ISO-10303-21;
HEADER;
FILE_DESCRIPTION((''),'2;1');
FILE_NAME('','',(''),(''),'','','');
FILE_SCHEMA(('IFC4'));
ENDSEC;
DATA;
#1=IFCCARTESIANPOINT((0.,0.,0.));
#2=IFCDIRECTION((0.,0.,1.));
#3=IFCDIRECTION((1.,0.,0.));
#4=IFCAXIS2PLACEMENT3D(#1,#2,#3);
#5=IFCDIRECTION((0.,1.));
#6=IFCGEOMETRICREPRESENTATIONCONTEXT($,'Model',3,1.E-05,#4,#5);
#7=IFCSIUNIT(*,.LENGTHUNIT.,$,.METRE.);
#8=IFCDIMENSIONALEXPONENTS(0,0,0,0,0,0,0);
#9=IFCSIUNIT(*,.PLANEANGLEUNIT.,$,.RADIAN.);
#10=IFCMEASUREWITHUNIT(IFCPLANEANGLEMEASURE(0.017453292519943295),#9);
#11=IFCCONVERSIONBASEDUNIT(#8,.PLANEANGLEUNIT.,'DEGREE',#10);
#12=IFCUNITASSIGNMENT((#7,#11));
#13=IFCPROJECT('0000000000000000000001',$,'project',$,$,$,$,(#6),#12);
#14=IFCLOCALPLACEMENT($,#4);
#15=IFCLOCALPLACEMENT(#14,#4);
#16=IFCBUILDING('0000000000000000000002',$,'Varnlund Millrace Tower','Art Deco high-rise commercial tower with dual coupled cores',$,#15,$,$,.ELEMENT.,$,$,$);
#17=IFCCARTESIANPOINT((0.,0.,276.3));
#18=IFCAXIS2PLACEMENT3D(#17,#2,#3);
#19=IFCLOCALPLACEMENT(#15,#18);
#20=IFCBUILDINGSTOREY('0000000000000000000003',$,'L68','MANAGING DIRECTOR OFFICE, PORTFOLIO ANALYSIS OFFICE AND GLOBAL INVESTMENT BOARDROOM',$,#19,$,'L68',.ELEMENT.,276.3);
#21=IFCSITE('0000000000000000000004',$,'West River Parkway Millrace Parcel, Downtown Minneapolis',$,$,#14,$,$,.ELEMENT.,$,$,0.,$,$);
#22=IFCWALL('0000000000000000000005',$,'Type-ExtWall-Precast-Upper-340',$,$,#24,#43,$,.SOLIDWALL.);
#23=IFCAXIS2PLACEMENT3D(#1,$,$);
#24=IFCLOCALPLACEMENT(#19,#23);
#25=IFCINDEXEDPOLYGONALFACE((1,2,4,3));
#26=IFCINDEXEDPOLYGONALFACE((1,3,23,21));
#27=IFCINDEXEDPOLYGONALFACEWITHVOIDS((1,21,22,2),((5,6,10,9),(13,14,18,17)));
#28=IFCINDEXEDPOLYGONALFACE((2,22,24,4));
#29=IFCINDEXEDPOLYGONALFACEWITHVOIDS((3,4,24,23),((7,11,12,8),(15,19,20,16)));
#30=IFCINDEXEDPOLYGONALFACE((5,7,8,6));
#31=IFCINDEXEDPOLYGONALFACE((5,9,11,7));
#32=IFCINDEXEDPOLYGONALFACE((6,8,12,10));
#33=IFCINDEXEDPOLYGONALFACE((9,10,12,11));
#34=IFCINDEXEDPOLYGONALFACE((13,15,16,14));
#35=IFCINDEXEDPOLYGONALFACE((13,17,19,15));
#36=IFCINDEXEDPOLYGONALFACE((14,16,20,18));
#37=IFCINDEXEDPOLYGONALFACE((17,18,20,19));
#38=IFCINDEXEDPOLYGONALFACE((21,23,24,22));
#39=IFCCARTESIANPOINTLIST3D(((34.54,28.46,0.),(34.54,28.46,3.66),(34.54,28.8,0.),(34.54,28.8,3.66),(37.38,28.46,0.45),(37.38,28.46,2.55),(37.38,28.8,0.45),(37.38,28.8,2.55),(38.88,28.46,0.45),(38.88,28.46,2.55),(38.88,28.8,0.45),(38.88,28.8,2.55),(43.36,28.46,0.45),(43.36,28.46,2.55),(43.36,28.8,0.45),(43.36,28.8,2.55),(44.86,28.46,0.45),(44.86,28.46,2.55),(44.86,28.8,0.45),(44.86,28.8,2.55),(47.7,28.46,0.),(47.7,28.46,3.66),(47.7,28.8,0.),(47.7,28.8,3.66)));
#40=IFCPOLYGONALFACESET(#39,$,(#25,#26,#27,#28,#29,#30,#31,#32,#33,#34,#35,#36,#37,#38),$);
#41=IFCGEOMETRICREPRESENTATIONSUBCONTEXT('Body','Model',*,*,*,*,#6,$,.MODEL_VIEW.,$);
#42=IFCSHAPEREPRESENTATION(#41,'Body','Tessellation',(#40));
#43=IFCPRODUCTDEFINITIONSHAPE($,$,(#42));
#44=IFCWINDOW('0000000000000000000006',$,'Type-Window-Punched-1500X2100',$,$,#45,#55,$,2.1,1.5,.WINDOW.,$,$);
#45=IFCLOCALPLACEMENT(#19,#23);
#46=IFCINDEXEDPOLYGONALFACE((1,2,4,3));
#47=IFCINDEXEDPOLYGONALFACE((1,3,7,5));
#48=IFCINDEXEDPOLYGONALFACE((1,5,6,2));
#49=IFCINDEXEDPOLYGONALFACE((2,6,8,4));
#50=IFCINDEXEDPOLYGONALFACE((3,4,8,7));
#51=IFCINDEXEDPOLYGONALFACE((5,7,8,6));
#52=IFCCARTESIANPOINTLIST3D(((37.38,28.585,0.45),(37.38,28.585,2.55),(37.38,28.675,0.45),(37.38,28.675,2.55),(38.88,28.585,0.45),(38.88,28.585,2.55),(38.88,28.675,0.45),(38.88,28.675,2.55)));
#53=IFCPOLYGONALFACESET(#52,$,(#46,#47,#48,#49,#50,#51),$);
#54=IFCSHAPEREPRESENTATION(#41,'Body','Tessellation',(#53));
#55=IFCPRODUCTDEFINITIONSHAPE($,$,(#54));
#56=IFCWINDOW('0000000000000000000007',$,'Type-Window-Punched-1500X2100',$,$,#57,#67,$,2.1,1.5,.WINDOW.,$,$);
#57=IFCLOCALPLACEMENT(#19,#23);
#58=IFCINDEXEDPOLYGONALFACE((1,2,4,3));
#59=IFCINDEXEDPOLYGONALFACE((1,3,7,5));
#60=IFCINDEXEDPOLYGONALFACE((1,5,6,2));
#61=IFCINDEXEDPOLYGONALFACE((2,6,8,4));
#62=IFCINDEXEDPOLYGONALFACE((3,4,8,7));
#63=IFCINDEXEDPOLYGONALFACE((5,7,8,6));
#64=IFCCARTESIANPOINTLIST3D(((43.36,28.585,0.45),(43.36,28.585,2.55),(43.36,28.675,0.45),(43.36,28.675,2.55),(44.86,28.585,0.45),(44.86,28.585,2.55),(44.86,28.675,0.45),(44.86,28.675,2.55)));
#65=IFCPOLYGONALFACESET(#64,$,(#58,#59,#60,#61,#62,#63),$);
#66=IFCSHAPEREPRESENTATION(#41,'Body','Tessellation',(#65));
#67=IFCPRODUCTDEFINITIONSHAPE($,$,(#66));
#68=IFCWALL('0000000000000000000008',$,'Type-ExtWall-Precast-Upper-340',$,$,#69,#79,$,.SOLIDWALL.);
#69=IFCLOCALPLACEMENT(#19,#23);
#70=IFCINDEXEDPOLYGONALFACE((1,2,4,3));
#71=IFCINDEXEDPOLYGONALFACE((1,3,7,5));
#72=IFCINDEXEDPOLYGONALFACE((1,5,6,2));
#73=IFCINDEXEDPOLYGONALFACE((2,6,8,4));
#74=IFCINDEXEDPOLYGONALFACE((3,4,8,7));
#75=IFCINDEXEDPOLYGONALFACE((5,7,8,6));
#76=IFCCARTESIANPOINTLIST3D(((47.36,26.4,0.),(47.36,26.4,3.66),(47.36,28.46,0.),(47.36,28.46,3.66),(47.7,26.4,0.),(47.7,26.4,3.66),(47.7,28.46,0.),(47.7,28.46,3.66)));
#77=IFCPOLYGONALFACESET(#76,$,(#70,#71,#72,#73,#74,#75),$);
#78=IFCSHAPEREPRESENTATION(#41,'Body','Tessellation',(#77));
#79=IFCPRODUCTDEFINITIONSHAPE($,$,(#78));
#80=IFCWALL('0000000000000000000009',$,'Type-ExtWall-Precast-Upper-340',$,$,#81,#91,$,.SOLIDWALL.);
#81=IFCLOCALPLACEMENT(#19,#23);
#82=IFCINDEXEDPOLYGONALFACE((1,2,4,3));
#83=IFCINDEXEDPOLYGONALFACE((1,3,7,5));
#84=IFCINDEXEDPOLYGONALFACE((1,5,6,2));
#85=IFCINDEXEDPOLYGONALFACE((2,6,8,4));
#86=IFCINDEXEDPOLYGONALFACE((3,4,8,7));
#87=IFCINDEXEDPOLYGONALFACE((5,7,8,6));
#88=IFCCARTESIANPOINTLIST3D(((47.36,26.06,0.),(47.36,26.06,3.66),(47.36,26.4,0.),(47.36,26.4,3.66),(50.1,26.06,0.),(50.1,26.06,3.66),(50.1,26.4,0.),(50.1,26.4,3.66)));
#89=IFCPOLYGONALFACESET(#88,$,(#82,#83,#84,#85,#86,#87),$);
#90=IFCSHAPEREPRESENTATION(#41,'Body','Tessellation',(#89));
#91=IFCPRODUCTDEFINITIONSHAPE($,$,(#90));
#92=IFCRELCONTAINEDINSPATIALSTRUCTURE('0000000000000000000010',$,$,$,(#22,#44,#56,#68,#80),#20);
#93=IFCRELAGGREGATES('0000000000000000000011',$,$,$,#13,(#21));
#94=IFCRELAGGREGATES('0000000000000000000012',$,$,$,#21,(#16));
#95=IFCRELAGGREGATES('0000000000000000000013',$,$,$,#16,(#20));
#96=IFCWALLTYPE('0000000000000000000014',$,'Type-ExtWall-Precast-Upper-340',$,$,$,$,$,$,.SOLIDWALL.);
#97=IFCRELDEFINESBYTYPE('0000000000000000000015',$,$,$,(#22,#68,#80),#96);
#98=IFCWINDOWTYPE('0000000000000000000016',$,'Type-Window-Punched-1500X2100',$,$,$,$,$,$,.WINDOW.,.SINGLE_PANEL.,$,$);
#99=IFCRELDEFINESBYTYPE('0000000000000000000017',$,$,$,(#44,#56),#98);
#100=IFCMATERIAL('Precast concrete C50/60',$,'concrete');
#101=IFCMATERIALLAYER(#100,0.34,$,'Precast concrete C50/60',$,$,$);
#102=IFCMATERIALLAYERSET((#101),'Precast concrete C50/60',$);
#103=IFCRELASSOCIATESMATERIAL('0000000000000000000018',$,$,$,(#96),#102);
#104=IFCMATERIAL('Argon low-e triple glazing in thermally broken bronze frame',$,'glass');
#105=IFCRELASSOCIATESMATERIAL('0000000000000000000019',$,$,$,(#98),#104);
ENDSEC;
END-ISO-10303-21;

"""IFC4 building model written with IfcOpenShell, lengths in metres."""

from ifc_helpers import new_model, entity, si_unit, converted_unit, direction, frame, origin_with_axes, origin_2d_with_axis, place, context, subcontext, project, spatial, polyline, rectangle, outline, extrude, material, layer, layer_set, type_object, element, fill, save


model = new_model("IFC4")

# Units and contexts
model_context = context("Model", 3, precision=1e-05, world=origin_with_axes(), true_north=direction((0.0, 1.0)))
body_context = subcontext(model_context, "Body", "Model", "MODEL_VIEW")
ifc_project = project(units=[si_unit("LENGTHUNIT", "METRE"), converted_unit("PLANEANGLEUNIT", "DEGREE", entity("IfcPlaneAngleMeasure", 0.017453292519943295), si_unit("PLANEANGLEUNIT", "RADIAN"), dimensions=[0, 0, 0, 0, 0, 0, 0])], contexts=[model_context])

# Site, building, storey
site_placement = place(None, origin_with_axes())
site = spatial("IfcSite", under=ifc_project, at=site_placement, Name="West River Parkway Millrace Parcel, Downtown Minneapolis", CompositionType="ELEMENT", RefElevation=0.0)
building_placement = place(site_placement, origin_with_axes())
building = spatial("IfcBuilding", under=site, at=building_placement, Name="Varnlund Millrace Tower", Description="Art Deco high-rise commercial tower with dual coupled cores", CompositionType="ELEMENT")
storey_placement = place(building_placement, frame((0.0, 0.0, 276.3), z_axis=(0.0, 0.0, 1.0), x_axis=(1.0, 0.0, 0.0)))
storey = spatial("IfcBuildingStorey", under=building, at=storey_placement, Name="L68", Description="MANAGING DIRECTOR OFFICE, PORTFOLIO ANALYSIS OFFICE AND GLOBAL INVESTMENT BOARDROOM", LongName="L68", CompositionType="ELEMENT", Elevation=276.3)

# Wall, openings, windows
ifc_material_1 = material(Name="Precast concrete C50/60", Category="concrete")
ifc_layer_1 = layer(ifc_material_1, 0.34, Name="Precast concrete C50/60")
ifc_layer_set_1 = layer_set([ifc_layer_1], Name="Precast concrete C50/60")
wall_type_1 = type_object("IfcWallType", Name="Type-ExtWall-Precast-Upper-340", PredefinedType="SOLIDWALL", material=ifc_layer_set_1)
wall_1_placement = place(storey_placement, frame((34.54, 28.63, 0.0), z_axis=(0.0, 0.0, 1.0), x_axis=(1.0, 0.0, 0.0)))
wall_1 = element("IfcWall", 1, at=wall_1_placement, inside=storey, type_object=wall_type_1, Name="Type-ExtWall-Precast-Upper-340", PredefinedType="SOLIDWALL", context=body_context, shape_type="SweptSolid", body=[
    extrude(outline(polyline([(0.0, -0.17), (13.16, -0.17), (13.16, 0.17), (0.0, 0.17), (0.0, -0.17)])), origin_with_axes(), (0.0, 0.0, 1.0), 3.66),
])
opening_1_placement = place(wall_1_placement, frame((3.59, 0.0, 0.45), z_axis=(0.0, 0.0, 1.0), x_axis=(1.0, 0.0, 0.0)))
opening_1 = element("IfcOpeningElement", 2, at=opening_1_placement, cuts=wall_1, PredefinedType="OPENING", context=body_context, shape_type="SweptSolid", body=[
    extrude(rectangle(XDim=1.5, YDim=0.36, at=origin_2d_with_axis()), origin_with_axes(), (0.0, 0.0, 1.0), 2.1),
])
opening_2_placement = place(wall_1_placement, frame((9.57, 0.0, 0.45), z_axis=(0.0, 0.0, 1.0), x_axis=(1.0, 0.0, 0.0)))
opening_2 = element("IfcOpeningElement", 3, at=opening_2_placement, cuts=wall_1, PredefinedType="OPENING", context=body_context, shape_type="SweptSolid", body=[
    extrude(rectangle(XDim=1.5, YDim=0.36, at=origin_2d_with_axis()), origin_with_axes(), (0.0, 0.0, 1.0), 2.1),
])
ifc_material_2 = material(Name="Argon low-e triple glazing in thermally broken bronze frame", Category="glass")
window_type = type_object("IfcWindowType", Name="Type-Window-Punched-1500X2100", PartitioningType="SINGLE_PANEL", PredefinedType="WINDOW", material=ifc_material_2)
window_1_placement = place(wall_1_placement, frame((3.59, 0.0, 0.45), z_axis=(0.0, 0.0, 1.0), x_axis=(1.0, 0.0, 0.0)))
window_1 = element("IfcWindow", 4, at=window_1_placement, inside=storey, type_object=window_type, Name="Type-Window-Punched-1500X2100", OverallHeight=2.1, OverallWidth=1.5, PredefinedType="WINDOW", context=body_context, shape_type="SweptSolid", body=[
    extrude(rectangle(XDim=1.5, YDim=0.09, at=origin_2d_with_axis()), origin_with_axes(), (0.0, 0.0, 1.0), 2.1),
])
fill(opening_1, window_1)
window_2_placement = place(wall_1_placement, frame((9.57, 0.0, 0.45), z_axis=(0.0, 0.0, 1.0), x_axis=(1.0, 0.0, 0.0)))
window_2 = element("IfcWindow", 5, at=window_2_placement, inside=storey, type_object=window_type, Name="Type-Window-Punched-1500X2100", OverallHeight=2.1, OverallWidth=1.5, PredefinedType="WINDOW", context=body_context, shape_type="SweptSolid", body=[
    extrude(rectangle(XDim=1.5, YDim=0.09, at=origin_2d_with_axis()), origin_with_axes(), (0.0, 0.0, 1.0), 2.1),
])
fill(opening_2, window_2)

# Walls
wall_2_placement = place(storey_placement, frame((47.53, 28.46, 0.0), z_axis=(0.0, 0.0, 1.0), x_axis=(0.0, -1.0, 0.0)))
element("IfcWall", 6, at=wall_2_placement, inside=storey, type_object=wall_type_1, Name="Type-ExtWall-Precast-Upper-340", PredefinedType="SOLIDWALL", context=body_context, shape_type="SweptSolid", body=[
    extrude(outline(polyline([(0.0, -0.17), (2.06, -0.17), (2.06, 0.17), (0.0, 0.17), (0.0, -0.17)])), origin_with_axes(), (0.0, 0.0, 1.0), 3.66),
])
wall_3_placement = place(storey_placement, frame((47.36, 26.23, 0.0), z_axis=(0.0, 0.0, 1.0), x_axis=(1.0, 0.0, 0.0)))
element("IfcWall", 7, at=wall_3_placement, inside=storey, type_object=wall_type_1, Name="Type-ExtWall-Precast-Upper-340", PredefinedType="SOLIDWALL", context=body_context, shape_type="SweptSolid", body=[
    extrude(outline(polyline([(0.0, -0.17), (2.74, -0.17), (2.74, 0.17), (0.0, 0.17), (0.0, -0.17)])), origin_with_axes(), (0.0, 0.0, 1.0), 3.66),
])

save(model, "model.ifc")
